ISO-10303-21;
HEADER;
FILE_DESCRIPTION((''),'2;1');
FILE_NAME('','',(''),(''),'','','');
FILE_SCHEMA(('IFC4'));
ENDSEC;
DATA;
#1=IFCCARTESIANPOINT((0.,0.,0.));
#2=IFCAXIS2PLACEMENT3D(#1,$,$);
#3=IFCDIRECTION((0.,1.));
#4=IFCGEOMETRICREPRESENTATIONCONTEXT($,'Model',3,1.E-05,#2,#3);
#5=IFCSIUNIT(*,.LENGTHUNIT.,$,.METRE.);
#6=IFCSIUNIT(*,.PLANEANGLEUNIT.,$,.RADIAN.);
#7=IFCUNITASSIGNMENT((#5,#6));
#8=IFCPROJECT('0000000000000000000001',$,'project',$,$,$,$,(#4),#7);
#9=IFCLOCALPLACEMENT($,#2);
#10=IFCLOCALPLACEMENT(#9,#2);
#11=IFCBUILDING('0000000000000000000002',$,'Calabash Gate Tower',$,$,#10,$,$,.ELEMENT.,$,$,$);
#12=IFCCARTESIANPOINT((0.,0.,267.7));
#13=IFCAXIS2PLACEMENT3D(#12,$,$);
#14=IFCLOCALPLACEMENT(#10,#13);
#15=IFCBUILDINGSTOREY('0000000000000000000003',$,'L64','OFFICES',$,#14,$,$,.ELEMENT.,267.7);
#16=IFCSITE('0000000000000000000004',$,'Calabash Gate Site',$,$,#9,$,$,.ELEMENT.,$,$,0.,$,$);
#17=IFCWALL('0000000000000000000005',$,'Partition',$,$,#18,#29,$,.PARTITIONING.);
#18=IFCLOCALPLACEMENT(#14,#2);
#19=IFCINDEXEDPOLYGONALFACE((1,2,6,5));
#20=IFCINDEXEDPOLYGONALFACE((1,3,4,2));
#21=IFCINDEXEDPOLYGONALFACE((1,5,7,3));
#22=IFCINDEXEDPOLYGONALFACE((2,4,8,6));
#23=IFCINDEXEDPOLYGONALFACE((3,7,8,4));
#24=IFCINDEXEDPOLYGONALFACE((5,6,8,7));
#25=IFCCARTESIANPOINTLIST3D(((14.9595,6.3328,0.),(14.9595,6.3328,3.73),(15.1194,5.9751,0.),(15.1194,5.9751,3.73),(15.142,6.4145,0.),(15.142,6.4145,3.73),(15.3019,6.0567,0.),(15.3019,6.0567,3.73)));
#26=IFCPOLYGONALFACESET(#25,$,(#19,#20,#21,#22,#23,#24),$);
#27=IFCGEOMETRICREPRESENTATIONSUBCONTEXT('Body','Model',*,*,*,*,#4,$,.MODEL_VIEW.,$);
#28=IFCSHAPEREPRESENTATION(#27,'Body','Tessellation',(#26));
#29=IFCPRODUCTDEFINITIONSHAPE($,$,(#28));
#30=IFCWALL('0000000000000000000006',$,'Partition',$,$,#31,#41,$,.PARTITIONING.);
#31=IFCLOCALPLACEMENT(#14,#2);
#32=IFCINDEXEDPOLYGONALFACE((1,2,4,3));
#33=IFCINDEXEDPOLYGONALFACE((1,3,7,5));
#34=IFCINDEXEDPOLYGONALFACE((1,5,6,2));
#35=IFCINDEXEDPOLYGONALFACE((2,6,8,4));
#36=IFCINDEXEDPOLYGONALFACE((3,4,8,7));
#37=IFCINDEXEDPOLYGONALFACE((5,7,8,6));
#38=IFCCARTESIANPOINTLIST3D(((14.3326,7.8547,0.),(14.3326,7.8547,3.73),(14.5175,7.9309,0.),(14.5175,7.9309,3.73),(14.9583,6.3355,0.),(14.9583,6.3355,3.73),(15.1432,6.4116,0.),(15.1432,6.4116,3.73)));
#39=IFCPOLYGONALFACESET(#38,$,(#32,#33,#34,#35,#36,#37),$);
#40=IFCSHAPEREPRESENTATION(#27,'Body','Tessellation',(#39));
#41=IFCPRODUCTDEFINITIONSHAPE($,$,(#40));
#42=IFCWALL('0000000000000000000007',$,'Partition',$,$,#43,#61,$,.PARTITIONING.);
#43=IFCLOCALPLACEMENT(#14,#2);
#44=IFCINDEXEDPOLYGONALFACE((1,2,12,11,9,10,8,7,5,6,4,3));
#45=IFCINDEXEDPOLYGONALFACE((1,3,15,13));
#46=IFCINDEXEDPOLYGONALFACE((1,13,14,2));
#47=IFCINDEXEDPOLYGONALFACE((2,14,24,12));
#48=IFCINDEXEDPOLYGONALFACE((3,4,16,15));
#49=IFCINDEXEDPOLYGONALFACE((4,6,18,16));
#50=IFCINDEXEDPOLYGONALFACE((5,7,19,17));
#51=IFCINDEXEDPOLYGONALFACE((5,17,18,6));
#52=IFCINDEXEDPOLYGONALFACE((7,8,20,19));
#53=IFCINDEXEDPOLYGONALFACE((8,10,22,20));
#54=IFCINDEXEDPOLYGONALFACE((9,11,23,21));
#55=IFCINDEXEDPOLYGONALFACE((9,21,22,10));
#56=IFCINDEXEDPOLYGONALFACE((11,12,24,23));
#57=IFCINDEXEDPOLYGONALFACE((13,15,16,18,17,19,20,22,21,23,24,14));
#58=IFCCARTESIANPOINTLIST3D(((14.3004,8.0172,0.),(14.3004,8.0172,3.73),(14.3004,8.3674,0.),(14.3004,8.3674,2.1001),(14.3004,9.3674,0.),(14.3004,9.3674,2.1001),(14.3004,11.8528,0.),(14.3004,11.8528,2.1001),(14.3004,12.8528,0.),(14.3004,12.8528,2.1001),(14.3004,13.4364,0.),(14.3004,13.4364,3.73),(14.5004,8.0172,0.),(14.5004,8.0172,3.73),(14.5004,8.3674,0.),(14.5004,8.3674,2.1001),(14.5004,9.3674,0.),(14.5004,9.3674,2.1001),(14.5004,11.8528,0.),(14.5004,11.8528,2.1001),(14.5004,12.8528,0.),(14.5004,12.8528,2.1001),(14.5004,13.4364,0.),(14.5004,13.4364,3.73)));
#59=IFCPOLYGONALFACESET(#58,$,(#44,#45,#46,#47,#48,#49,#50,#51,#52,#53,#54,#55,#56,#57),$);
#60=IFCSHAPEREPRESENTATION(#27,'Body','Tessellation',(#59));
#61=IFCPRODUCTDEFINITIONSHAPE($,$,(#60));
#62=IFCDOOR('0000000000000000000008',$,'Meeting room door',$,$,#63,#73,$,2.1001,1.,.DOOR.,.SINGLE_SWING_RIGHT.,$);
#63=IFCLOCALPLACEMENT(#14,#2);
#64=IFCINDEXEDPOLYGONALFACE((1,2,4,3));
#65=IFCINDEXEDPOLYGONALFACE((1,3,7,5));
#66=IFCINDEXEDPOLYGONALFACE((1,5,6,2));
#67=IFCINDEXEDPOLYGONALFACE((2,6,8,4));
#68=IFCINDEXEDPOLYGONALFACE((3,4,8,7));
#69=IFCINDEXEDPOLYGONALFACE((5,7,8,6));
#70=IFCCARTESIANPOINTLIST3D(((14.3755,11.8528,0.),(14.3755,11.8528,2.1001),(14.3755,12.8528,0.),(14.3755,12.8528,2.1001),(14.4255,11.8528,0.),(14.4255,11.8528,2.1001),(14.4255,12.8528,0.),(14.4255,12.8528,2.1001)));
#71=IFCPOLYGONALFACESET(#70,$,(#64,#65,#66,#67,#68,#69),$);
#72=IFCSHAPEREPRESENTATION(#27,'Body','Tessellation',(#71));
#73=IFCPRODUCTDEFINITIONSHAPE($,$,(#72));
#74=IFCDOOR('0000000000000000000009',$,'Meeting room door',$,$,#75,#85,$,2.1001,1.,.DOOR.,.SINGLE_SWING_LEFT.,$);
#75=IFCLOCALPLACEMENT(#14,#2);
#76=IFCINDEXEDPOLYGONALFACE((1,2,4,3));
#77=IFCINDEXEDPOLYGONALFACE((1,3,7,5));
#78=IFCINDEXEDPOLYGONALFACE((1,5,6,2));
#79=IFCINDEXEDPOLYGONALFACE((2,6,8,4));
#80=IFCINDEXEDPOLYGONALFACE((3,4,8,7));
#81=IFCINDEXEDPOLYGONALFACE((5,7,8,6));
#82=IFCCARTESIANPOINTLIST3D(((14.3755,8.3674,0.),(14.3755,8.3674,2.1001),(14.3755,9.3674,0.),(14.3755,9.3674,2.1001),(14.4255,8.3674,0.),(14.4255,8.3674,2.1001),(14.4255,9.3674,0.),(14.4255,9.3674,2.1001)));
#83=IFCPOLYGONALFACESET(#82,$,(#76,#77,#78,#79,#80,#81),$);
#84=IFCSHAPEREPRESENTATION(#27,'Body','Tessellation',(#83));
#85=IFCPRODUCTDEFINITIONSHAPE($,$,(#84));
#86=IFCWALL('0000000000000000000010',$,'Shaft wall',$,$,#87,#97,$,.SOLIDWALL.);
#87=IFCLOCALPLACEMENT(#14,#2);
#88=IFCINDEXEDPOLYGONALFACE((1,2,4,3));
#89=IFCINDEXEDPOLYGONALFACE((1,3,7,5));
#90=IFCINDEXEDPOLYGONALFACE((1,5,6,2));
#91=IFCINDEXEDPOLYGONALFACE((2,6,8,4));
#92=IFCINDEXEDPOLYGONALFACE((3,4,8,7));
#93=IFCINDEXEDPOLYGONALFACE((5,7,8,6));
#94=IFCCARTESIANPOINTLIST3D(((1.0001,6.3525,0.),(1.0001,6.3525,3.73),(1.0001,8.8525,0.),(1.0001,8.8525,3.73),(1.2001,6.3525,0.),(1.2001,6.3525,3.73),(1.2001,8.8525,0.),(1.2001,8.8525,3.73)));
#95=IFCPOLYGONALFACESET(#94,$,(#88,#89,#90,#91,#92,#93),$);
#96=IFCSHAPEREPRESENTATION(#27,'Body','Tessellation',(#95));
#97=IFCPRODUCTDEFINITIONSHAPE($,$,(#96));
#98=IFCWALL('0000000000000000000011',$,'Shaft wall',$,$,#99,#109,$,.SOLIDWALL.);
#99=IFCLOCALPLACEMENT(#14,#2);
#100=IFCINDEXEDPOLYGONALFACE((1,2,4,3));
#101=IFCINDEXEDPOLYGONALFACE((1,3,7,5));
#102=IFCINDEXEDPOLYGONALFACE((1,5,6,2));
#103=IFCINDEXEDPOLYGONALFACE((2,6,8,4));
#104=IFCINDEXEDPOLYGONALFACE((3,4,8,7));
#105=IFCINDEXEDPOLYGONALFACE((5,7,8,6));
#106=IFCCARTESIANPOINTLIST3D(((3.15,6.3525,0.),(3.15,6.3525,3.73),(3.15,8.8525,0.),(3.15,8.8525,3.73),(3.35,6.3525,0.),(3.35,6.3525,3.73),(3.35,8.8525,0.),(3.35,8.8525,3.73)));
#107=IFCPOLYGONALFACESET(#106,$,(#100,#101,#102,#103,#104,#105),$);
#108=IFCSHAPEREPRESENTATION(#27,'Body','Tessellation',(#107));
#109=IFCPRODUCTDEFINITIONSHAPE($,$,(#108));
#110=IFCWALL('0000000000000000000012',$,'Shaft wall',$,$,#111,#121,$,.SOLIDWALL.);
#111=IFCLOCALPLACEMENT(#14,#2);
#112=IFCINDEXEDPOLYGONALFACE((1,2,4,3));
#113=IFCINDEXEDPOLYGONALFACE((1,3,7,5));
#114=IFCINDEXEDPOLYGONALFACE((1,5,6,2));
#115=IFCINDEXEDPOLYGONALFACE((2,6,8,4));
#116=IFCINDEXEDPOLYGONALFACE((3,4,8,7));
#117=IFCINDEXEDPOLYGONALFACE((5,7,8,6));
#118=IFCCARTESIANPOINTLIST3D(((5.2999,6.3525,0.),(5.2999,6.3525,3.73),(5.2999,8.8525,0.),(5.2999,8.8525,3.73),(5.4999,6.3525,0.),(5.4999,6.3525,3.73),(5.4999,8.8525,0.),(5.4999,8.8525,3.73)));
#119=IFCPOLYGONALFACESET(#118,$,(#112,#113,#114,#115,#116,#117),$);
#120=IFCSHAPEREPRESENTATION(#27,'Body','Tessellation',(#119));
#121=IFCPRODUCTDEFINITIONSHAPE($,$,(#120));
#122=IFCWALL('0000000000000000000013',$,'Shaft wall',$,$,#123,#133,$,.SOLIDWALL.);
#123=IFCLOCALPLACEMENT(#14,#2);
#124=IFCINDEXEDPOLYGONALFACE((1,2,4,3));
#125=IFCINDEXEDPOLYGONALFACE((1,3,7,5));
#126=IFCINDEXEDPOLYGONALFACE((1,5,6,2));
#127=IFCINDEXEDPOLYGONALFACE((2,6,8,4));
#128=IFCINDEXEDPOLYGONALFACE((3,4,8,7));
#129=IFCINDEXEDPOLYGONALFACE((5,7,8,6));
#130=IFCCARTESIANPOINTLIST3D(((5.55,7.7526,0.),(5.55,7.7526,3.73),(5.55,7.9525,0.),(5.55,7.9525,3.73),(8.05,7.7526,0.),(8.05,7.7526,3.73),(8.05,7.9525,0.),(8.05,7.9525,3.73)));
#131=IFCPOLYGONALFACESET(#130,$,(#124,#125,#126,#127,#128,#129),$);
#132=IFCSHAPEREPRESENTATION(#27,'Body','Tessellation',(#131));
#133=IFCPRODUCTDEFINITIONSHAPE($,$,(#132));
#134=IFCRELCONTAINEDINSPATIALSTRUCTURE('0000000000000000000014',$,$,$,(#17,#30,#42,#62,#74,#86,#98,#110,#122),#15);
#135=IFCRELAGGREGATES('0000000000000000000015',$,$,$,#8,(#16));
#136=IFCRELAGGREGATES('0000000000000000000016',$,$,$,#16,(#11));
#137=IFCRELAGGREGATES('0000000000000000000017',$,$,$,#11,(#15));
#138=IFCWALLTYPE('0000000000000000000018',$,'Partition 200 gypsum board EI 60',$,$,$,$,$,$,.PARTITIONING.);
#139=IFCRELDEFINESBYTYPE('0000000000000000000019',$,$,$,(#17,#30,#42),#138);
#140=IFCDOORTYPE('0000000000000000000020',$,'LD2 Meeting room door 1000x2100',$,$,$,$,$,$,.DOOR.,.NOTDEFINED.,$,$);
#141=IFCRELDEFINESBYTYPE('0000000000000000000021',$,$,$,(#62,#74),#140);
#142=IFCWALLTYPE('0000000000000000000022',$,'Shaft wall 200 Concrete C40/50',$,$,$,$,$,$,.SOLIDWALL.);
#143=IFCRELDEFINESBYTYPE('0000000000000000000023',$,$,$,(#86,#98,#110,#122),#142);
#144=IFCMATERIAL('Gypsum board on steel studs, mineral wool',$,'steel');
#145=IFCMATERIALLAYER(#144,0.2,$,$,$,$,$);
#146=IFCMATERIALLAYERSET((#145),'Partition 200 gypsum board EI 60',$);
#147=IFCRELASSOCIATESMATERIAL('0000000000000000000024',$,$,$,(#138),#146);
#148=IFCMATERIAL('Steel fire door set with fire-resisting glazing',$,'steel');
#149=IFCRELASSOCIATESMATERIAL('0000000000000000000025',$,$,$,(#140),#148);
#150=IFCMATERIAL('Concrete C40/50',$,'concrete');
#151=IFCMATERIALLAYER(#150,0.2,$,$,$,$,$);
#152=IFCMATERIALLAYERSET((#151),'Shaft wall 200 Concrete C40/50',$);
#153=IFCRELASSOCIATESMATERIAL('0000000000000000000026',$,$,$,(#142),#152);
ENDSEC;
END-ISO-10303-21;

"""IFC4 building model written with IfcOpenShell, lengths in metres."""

from ifc_helpers import new_model, si_unit, direction, frame, frame_2d, origin, place, context, subcontext, project, spatial, rectangle, extrude, material, layer, layer_set, type_object, element, fill, save


model = new_model("IFC4")

# Units and contexts
model_context = context("Model", 3, precision=1e-05, world=origin(), true_north=direction((0.0, 1.0)))
body_context = subcontext(model_context, "Body", "Model", "MODEL_VIEW")
ifc_project = project(units=[si_unit("LENGTHUNIT", "METRE"), si_unit("PLANEANGLEUNIT", "RADIAN")], contexts=[model_context])

# Site, building, storey
site_placement = place(None, origin())
site = spatial("IfcSite", under=ifc_project, at=site_placement, Name="Calabash Gate Site", CompositionType="ELEMENT", RefElevation=0.0)
building_placement = place(site_placement, origin())
building = spatial("IfcBuilding", under=site, at=building_placement, Name="Calabash Gate Tower", CompositionType="ELEMENT")
storey_placement = place(building_placement, frame((0.0, 0.0, 267.7)))
storey = spatial("IfcBuildingStorey", under=building, at=storey_placement, Name="L64", Description="OFFICES", CompositionType="ELEMENT", Elevation=267.7)

# Shared definitions
ifc_material_1 = material(Name="Gypsum board on steel studs, mineral wool", Category="steel")
ifc_layer_1 = layer(ifc_material_1, 0.2)
ifc_layer_set_1 = layer_set([ifc_layer_1], Name="Partition 200 gypsum board EI 60")
wall_type_1 = type_object("IfcWallType", Name="Partition 200 gypsum board EI 60", PredefinedType="PARTITIONING", material=ifc_layer_set_1)

# Walls
wall_1_placement = place(storey_placement, frame((15.0508, 6.3735, 0.0), z_axis=(0.0, 0.0, 1.0), x_axis=(0.408161, -0.91291, 0.0)))
element("IfcWall", 1, at=wall_1_placement, inside=storey, type_object=wall_type_1, Name="Partition", PredefinedType="PARTITIONING", context=body_context, shape_type="SweptSolid", body=[
    extrude(rectangle(XDim=0.3918, YDim=0.2, at=frame_2d((0.1958, 0.0))), origin(), (0.0, 0.0, 1.0), 3.73),
])
wall_2_placement = place(storey_placement, frame((14.425, 7.8928, 0.0), z_axis=(0.0, 0.0, 1.0), x_axis=(0.380825, -0.924647, 0.0)))
element("IfcWall", 2, at=wall_2_placement, inside=storey, type_object=wall_type_1, Name="Partition", PredefinedType="PARTITIONING", context=body_context, shape_type="SweptSolid", body=[
    extrude(rectangle(XDim=1.6431, YDim=0.2, at=frame_2d((0.8215, 0.0))), origin(), (0.0, 0.0, 1.0), 3.73),
])

# Wall, openings, doors
wall_3_placement = place(storey_placement, frame((14.4004, 8.0173, 0.0), z_axis=(0.0, 0.0, 1.0), x_axis=(0.0, 1.0, 0.0)))
wall_3 = element("IfcWall", 3, at=wall_3_placement, inside=storey, type_object=wall_type_1, Name="Partition", PredefinedType="PARTITIONING", context=body_context, shape_type="SweptSolid", body=[
    extrude(rectangle(XDim=5.4192, YDim=0.2, at=frame_2d((2.7095, 0.0))), origin(), (0.0, 0.0, 1.0), 3.73),
])
opening_1_placement = place(wall_3_placement, frame((3.8354, 0.0, 0.0)))
opening_1 = element("IfcOpeningElement", 4, at=opening_1_placement, cuts=wall_3, PredefinedType="OPENING", context=body_context, shape_type="SweptSolid", body=[
    extrude(rectangle(XDim=1.0, YDim=2.1001, at=frame_2d((0.5, 1.05))), frame((0.0, 0.1099, 0.0), z_axis=(0.0, -1.0, 0.0), x_axis=(1.0, 0.0, 0.0)), (0.0, 0.0, 1.0), 0.22),
])
opening_2_placement = place(wall_3_placement, frame((0.3501, 0.0, 0.0)))
opening_2 = element("IfcOpeningElement", 5, at=opening_2_placement, cuts=wall_3, PredefinedType="OPENING", context=body_context, shape_type="SweptSolid", body=[
    extrude(rectangle(XDim=1.0, YDim=2.1001, at=frame_2d((0.5, 1.05))), frame((0.0, 0.1099, 0.0), z_axis=(0.0, -1.0, 0.0), x_axis=(1.0, 0.0, 0.0)), (0.0, 0.0, 1.0), 0.22),
])
ifc_material_2 = material(Name="Steel fire door set with fire-resisting glazing", Category="steel")
door_type_1 = type_object("IfcDoorType", Name="LD2 Meeting room door 1000x2100", OperationType="NOTDEFINED", PredefinedType="DOOR", material=ifc_material_2)
door_1_placement = place(opening_1_placement, origin())
door_1 = element("IfcDoor", 6, at=door_1_placement, inside=storey, type_object=door_type_1, Name="Meeting room door", OperationType="SINGLE_SWING_RIGHT", OverallHeight=2.1001, OverallWidth=1.0, PredefinedType="DOOR", context=body_context, shape_type="SweptSolid", body=[
    extrude(rectangle(XDim=1.0, YDim=2.1001, at=frame_2d((0.5, 1.05))), frame((0.0, 0.0249, 0.0), z_axis=(0.0, -1.0, 0.0), x_axis=(1.0, 0.0, 0.0)), (0.0, 0.0, 1.0), 0.05),
])
fill(opening_1, door_1)
door_2_placement = place(opening_2_placement, origin())
door_2 = element("IfcDoor", 7, at=door_2_placement, inside=storey, type_object=door_type_1, Name="Meeting room door", OperationType="SINGLE_SWING_LEFT", OverallHeight=2.1001, OverallWidth=1.0, PredefinedType="DOOR", context=body_context, shape_type="SweptSolid", body=[
    extrude(rectangle(XDim=1.0, YDim=2.1001, at=frame_2d((0.5, 1.05))), frame((0.0, 0.0249, 0.0), z_axis=(0.0, -1.0, 0.0), x_axis=(1.0, 0.0, 0.0)), (0.0, 0.0, 1.0), 0.05),
])
fill(opening_2, door_2)

# Walls
ifc_material_3 = material(Name="Concrete C40/50", Category="concrete")
ifc_layer_2 = layer(ifc_material_3, 0.2)
ifc_layer_set_2 = layer_set([ifc_layer_2], Name="Shaft wall 200 Concrete C40/50")
wall_type_2 = type_object("IfcWallType", Name="Shaft wall 200 Concrete C40/50", PredefinedType="SOLIDWALL", material=ifc_layer_set_2)
for number, where, z_axis, x_axis, name in (
    (8, (1.1001, 6.3525, 0.0), (0.0, 0.0, 1.0), (0.0, 1.0, 0.0), "Shaft wall"),
    (9, (3.25, 6.3525, 0.0), (0.0, 0.0, 1.0), (0.0, 1.0, 0.0), "Shaft wall"),
    (10, (5.3999, 6.3525, 0.0), (0.0, 0.0, 1.0), (0.0, 1.0, 0.0), "Shaft wall"),
    (11, (5.55, 7.8525, 0.0), (0.0, 0.0, 1.0), (1.0, 0.0, 0.0), "Shaft wall"),
):
    element("IfcWall", number, at=place(storey_placement, frame(where, z_axis=z_axis, x_axis=x_axis)), inside=storey, type_object=wall_type_2, Name=name, PredefinedType="SOLIDWALL", context=body_context, shape_type="SweptSolid", body=[
        extrude(rectangle(XDim=2.5, YDim=0.2, at=frame_2d((1.25, 0.0))), origin(), (0.0, 0.0, 1.0), 3.73),
    ])

save(model, "model.ifc")
